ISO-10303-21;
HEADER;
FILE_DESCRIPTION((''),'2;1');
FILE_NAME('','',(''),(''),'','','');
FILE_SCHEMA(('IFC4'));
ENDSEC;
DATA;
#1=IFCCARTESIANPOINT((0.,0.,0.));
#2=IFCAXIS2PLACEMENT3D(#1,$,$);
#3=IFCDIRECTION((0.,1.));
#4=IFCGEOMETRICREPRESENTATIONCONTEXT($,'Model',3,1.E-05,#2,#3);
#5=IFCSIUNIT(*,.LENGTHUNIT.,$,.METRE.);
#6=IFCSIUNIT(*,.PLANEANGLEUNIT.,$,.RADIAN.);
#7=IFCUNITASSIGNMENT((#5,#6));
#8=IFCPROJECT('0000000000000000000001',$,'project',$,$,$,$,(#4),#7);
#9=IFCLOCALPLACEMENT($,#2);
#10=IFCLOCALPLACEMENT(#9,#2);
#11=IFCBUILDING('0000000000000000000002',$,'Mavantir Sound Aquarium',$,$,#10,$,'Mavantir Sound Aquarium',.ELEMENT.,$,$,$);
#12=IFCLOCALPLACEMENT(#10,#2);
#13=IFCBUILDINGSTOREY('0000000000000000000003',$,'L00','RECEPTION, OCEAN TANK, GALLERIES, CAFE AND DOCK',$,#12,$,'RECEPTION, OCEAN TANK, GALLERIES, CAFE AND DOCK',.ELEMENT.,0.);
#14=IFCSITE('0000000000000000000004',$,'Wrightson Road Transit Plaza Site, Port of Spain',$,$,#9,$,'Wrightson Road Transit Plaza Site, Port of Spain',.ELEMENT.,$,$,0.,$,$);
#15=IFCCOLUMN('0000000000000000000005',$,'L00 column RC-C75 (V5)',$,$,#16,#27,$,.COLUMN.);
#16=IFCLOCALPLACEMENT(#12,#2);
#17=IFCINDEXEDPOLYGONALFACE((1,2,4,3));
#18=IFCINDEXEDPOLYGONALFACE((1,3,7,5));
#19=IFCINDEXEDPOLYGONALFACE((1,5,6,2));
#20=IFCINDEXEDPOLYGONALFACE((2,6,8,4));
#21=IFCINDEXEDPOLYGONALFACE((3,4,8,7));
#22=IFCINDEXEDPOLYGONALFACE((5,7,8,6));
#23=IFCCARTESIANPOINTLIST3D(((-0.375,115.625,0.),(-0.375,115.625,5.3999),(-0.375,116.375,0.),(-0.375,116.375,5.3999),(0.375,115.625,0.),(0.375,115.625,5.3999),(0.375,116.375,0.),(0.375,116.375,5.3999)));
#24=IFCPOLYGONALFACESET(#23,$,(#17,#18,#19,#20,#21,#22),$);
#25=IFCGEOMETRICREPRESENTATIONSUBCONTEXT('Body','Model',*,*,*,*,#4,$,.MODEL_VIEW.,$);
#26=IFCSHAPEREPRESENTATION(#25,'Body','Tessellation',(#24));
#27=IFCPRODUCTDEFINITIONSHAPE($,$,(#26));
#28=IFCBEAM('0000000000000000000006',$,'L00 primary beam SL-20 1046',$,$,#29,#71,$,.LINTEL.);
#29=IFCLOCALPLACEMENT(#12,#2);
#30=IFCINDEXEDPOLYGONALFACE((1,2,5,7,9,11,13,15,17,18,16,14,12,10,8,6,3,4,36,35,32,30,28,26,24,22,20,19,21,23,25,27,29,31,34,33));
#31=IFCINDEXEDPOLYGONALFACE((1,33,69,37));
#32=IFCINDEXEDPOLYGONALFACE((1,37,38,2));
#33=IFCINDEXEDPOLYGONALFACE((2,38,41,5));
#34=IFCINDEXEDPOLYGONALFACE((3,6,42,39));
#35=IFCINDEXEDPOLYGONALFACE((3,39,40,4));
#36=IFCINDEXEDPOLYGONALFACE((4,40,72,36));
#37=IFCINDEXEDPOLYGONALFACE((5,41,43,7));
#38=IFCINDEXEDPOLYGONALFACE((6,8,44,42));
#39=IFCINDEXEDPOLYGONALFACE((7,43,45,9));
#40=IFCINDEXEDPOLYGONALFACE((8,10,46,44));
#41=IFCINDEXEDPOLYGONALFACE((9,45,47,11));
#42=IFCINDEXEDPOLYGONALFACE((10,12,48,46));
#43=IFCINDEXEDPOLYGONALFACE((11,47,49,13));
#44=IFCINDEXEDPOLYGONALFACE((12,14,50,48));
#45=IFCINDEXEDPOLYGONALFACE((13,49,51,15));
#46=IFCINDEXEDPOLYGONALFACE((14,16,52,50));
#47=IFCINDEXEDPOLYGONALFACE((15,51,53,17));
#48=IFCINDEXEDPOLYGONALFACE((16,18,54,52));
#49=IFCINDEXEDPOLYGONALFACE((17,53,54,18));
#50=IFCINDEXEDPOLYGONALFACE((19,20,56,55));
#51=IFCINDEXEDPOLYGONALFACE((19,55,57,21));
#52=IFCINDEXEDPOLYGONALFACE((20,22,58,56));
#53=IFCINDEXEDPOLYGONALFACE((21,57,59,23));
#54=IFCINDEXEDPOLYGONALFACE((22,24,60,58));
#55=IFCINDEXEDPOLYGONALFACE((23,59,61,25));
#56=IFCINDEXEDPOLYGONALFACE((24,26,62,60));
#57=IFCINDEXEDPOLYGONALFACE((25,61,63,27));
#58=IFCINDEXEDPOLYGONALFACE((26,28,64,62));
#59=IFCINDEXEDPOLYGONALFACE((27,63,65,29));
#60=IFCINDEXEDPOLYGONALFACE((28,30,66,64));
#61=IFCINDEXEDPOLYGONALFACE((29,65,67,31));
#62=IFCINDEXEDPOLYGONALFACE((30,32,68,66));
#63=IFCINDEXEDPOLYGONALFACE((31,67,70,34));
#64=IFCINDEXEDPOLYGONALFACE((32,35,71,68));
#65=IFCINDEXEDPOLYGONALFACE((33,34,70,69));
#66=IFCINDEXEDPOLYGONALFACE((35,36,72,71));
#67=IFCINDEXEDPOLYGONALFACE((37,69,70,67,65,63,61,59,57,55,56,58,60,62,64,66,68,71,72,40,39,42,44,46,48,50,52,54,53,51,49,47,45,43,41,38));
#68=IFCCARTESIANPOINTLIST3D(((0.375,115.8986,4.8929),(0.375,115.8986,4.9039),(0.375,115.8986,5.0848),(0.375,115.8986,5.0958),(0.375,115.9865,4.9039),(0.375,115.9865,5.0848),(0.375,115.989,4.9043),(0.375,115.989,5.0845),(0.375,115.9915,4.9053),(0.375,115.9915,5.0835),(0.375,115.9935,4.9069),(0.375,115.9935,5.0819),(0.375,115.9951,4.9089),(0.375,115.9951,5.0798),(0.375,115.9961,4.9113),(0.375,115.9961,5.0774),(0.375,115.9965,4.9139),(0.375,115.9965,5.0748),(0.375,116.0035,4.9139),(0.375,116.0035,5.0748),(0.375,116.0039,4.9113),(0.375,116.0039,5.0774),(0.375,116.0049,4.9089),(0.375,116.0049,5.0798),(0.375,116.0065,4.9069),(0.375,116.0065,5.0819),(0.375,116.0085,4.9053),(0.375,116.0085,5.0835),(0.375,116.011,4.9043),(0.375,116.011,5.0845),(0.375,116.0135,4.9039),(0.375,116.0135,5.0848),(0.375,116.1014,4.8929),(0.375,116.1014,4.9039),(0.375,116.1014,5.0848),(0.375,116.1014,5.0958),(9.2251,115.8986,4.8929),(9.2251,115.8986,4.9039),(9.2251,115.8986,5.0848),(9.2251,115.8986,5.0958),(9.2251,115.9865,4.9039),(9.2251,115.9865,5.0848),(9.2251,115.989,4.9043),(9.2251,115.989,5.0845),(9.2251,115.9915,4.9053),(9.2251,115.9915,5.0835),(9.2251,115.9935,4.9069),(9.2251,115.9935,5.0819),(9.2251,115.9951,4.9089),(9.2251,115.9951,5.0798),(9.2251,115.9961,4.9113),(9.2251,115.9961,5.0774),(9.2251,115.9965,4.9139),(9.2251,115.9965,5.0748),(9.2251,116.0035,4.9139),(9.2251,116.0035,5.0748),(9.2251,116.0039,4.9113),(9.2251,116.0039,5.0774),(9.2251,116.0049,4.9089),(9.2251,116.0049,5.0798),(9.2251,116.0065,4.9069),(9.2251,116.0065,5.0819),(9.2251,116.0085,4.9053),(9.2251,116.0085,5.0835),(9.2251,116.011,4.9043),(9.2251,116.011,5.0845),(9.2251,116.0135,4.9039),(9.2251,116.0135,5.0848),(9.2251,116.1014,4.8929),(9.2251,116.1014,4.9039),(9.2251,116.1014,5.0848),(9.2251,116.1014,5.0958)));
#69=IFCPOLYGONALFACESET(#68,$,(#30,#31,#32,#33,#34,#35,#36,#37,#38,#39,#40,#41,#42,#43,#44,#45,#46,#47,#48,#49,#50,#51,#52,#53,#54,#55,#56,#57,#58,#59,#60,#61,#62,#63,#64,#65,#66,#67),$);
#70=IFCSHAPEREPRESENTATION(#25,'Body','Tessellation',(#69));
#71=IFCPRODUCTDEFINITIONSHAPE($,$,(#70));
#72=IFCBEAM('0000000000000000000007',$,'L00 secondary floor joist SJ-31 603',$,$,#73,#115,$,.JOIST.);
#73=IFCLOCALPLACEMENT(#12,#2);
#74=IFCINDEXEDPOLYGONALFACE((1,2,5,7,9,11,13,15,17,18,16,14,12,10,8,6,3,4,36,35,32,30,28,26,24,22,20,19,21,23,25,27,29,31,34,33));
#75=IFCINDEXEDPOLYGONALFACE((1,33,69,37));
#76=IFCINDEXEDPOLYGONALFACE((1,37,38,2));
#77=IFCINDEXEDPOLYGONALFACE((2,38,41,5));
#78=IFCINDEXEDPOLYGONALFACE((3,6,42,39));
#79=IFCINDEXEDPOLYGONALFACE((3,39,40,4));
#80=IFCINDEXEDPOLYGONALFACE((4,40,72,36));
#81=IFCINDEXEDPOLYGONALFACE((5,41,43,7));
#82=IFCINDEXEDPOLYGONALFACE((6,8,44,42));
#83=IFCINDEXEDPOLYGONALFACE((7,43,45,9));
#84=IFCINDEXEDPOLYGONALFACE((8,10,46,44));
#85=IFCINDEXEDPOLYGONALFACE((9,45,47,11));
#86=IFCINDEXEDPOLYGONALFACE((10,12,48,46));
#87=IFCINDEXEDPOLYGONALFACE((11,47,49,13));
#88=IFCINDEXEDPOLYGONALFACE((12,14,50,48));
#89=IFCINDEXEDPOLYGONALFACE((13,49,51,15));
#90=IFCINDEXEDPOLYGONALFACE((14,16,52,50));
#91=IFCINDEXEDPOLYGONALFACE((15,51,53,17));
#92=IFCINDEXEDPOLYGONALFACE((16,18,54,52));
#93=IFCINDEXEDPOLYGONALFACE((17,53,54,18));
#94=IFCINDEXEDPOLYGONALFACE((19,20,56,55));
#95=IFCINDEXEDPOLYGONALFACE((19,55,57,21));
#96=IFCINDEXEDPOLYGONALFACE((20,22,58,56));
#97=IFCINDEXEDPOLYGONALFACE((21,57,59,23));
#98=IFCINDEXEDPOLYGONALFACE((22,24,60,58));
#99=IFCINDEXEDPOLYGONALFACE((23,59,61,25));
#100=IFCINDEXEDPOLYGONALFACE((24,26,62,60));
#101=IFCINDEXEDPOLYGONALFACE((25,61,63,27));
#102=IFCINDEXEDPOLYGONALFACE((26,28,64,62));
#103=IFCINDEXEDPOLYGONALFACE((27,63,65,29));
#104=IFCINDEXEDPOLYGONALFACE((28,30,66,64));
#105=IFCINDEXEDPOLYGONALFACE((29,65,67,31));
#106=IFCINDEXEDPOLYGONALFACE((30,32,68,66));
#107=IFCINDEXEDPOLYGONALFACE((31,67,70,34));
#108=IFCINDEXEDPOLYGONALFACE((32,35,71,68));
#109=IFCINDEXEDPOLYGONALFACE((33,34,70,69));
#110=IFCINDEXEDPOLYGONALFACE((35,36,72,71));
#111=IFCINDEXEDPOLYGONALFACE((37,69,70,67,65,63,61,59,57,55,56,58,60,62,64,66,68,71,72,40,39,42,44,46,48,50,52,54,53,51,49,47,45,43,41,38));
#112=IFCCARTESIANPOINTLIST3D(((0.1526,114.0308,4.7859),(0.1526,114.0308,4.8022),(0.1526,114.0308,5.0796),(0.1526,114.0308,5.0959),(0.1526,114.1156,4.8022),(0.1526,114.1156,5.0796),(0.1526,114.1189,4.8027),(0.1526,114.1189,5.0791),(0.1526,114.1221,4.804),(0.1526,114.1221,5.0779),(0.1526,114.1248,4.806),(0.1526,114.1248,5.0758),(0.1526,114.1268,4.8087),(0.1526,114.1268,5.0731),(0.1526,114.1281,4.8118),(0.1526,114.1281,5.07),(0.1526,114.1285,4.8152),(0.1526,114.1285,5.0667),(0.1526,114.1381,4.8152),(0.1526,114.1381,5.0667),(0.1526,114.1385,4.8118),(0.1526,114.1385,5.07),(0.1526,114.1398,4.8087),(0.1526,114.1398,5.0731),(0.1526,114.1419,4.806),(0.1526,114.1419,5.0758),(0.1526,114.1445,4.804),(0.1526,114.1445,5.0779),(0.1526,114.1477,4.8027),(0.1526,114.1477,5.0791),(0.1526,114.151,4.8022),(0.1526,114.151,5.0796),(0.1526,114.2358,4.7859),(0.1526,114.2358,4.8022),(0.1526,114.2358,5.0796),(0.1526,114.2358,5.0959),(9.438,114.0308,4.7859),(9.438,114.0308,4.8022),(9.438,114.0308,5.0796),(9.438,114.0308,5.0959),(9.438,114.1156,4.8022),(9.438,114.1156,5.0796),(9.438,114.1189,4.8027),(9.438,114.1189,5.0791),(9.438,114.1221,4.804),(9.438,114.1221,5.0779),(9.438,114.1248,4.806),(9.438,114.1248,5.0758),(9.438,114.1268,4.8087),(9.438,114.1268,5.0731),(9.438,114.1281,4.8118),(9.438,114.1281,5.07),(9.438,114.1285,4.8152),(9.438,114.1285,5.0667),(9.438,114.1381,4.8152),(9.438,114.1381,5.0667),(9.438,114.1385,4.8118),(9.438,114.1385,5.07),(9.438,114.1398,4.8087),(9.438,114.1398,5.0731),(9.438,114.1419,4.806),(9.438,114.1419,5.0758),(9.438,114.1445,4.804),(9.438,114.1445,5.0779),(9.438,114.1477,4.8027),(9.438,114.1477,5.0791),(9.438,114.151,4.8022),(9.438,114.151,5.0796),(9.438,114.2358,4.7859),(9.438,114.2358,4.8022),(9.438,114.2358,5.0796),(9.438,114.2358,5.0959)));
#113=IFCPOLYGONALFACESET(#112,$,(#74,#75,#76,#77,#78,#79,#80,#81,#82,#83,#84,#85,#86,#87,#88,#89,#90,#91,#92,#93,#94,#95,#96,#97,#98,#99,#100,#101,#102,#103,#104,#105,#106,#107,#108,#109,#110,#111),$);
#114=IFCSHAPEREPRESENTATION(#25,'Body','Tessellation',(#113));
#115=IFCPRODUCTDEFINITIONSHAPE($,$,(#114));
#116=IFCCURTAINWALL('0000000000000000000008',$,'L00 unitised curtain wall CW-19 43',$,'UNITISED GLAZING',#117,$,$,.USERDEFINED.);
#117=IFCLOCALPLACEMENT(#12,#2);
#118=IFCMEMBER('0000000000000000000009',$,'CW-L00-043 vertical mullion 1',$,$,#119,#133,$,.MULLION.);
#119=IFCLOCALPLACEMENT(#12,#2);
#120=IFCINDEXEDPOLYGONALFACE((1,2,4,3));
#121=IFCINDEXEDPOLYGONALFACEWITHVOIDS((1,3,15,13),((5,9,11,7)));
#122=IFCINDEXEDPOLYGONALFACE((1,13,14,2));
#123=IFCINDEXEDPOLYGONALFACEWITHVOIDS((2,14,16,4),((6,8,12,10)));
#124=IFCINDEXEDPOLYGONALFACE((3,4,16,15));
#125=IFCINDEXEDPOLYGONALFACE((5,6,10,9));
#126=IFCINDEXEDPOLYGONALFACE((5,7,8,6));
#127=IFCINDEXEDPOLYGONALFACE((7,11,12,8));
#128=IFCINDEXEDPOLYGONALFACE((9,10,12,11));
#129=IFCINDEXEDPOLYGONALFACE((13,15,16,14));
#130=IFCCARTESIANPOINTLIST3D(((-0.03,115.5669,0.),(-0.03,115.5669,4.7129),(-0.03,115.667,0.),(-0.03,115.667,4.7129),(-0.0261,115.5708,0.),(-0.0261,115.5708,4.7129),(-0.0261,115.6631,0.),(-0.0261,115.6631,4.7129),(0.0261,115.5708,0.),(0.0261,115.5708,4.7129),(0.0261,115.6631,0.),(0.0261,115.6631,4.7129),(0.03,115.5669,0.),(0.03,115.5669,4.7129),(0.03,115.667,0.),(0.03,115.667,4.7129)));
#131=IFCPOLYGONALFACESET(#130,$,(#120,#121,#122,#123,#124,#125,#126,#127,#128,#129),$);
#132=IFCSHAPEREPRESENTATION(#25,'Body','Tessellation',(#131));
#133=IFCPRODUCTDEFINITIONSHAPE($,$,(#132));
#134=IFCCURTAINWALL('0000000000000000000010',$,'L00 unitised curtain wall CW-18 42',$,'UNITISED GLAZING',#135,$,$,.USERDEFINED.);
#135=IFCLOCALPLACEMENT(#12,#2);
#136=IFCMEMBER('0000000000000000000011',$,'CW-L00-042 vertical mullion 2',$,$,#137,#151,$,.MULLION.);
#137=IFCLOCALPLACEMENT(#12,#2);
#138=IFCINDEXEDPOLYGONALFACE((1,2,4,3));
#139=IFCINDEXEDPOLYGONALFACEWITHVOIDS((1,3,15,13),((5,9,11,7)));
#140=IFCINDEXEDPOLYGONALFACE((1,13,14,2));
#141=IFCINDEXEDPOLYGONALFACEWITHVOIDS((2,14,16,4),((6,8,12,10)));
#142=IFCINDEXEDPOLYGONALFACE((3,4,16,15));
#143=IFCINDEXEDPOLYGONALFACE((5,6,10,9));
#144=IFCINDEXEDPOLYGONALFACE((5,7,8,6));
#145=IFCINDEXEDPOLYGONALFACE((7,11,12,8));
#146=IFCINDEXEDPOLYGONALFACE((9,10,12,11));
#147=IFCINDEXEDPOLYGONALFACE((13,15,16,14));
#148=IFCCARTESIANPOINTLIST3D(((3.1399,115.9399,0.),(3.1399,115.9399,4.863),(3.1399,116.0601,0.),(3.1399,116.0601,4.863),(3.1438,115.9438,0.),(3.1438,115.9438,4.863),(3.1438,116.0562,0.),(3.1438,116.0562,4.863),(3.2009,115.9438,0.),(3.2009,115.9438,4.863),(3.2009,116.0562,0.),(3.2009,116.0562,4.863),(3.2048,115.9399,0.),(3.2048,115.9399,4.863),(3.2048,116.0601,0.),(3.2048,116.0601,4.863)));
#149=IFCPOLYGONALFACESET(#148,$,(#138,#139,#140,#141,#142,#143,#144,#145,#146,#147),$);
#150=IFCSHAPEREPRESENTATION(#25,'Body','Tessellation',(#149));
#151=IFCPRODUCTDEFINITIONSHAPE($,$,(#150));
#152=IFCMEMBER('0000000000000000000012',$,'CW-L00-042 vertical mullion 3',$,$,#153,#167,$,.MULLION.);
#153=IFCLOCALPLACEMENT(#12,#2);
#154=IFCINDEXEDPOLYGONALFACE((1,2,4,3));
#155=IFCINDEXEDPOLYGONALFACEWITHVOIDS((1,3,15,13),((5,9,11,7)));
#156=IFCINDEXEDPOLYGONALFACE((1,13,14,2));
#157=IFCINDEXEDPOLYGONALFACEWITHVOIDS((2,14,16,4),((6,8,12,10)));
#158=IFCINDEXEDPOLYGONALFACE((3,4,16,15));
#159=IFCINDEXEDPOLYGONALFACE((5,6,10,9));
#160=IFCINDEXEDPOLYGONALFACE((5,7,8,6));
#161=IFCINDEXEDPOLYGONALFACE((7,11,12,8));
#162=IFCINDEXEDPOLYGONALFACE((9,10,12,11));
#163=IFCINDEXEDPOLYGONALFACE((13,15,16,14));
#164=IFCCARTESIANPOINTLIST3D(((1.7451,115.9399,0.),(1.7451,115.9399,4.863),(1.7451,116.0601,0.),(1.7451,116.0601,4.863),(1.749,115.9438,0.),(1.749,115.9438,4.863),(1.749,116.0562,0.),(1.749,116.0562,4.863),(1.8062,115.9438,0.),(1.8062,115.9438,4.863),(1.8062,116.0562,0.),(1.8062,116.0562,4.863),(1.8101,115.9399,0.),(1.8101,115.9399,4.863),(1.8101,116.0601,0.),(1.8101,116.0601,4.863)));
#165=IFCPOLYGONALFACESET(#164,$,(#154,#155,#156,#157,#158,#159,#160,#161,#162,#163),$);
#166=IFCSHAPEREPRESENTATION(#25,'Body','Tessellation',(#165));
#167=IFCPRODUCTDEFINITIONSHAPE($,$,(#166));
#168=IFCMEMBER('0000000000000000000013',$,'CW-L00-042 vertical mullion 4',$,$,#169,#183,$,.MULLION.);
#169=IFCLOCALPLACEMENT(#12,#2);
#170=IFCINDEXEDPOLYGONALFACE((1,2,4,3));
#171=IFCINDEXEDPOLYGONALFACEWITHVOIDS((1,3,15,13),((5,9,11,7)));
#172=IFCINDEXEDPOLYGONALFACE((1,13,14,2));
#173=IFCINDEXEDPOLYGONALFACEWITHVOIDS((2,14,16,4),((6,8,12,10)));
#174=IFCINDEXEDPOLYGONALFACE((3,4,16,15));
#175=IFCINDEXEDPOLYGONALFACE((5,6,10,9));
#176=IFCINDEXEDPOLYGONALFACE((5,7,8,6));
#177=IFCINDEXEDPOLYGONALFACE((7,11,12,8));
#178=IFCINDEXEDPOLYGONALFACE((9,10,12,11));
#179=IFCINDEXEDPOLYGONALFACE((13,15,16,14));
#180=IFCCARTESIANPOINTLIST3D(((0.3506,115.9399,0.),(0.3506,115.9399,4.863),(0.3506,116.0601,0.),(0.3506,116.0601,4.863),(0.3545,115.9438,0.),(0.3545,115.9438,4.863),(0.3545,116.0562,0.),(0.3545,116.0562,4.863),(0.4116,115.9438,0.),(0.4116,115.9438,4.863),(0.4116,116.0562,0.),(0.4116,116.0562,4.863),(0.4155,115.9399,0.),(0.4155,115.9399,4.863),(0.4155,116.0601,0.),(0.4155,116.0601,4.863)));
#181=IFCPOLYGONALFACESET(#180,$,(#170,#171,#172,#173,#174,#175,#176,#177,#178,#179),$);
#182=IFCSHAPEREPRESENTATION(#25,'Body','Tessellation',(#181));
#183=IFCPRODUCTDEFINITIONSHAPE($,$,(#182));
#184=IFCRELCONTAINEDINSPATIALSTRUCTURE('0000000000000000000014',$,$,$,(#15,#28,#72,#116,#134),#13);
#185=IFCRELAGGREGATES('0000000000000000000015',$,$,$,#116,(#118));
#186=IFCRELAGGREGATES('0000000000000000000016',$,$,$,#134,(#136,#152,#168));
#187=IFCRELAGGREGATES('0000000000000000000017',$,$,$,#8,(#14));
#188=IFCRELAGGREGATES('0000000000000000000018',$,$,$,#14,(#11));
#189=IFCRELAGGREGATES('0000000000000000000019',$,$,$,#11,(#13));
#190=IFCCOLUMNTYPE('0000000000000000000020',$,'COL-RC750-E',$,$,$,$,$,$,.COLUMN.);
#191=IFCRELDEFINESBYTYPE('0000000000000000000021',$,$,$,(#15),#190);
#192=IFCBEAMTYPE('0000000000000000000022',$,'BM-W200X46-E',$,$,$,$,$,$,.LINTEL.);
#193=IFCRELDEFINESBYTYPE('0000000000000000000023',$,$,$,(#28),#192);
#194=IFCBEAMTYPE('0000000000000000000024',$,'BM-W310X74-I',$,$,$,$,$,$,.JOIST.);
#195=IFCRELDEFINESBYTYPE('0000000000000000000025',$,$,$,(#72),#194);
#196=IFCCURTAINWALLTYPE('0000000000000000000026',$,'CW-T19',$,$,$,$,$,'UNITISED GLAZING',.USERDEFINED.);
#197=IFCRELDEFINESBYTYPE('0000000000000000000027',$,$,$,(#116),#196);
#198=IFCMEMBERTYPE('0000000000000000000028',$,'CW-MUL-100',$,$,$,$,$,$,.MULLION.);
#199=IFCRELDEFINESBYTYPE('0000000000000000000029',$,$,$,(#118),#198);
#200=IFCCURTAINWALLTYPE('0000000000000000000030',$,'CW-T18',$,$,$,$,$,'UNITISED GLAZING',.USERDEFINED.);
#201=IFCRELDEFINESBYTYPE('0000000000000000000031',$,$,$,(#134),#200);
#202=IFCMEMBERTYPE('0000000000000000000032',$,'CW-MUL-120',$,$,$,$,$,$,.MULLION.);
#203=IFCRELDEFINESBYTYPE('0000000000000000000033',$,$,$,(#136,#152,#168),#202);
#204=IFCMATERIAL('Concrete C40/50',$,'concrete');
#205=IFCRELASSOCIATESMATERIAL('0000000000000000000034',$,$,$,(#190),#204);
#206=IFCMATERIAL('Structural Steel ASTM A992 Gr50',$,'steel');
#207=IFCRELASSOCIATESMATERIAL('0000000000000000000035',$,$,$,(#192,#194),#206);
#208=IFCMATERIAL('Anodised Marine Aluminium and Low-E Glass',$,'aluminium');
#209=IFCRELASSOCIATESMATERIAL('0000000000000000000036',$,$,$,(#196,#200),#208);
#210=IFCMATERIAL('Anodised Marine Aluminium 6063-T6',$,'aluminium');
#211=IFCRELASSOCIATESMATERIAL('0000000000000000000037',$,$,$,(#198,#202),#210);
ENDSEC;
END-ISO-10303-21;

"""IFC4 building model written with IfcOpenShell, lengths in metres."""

from ifc_helpers import new_model, si_unit, direction, frame, origin, origin_2d, place, context, subcontext, project, spatial, rectangle, hollow_rectangle, i_section, extrude, material, material_profile, profile_set, type_object, element, aggregate, save


model = new_model("IFC4")

# Units and contexts
model_context = context("Model", 3, precision=1e-05, world=origin(), true_north=direction((0.0, 1.0)))
body_context = subcontext(model_context, "Body", "Model", "MODEL_VIEW")
ifc_project = project(units=[si_unit("LENGTHUNIT", "METRE"), si_unit("PLANEANGLEUNIT", "RADIAN")], contexts=[model_context])

# Site, building, storey
site_placement = place(None, origin())
site = spatial("IfcSite", under=ifc_project, at=site_placement, Name="Wrightson Road Transit Plaza Site, Port of Spain", LongName="Wrightson Road Transit Plaza Site, Port of Spain", CompositionType="ELEMENT", RefElevation=0.0)
building_placement = place(site_placement, origin())
building = spatial("IfcBuilding", under=site, at=building_placement, Name="Mavantir Sound Aquarium", LongName="Mavantir Sound Aquarium", CompositionType="ELEMENT")
storey_placement = place(building_placement, origin())
storey = spatial("IfcBuildingStorey", under=building, at=storey_placement, Name="L00", Description="RECEPTION, OCEAN TANK, GALLERIES, CAFE AND DOCK", LongName="RECEPTION, OCEAN TANK, GALLERIES, CAFE AND DOCK", CompositionType="ELEMENT", Elevation=0.0)

# Column
ifc_material_1 = material(Name="Concrete C40/50", Category="concrete")
ifc_material_profile_1 = material_profile(ifc_material_1, rectangle(XDim=0.75, YDim=0.75, at=origin_2d()), Name="RC 750X750")
ifc_profile_set_1 = profile_set([ifc_material_profile_1], Name="Concrete C40/50")
column_type = type_object("IfcColumnType", Name="COL-RC750-E", PredefinedType="COLUMN", material=ifc_profile_set_1)
column_placement = place(storey_placement, frame((0.0, 116.0, 0.0), z_axis=(0.0, 0.0, 1.0), x_axis=(1.0, 0.0, 0.0)))
element("IfcColumn", 1, at=column_placement, inside=storey, type_object=column_type, Name="L00 column RC-C75 (V5)", PredefinedType="COLUMN", context=body_context, shape_type="SweptSolid", body=[
    extrude(rectangle(XDim=0.75, YDim=0.75, at=origin_2d()), origin(), (0.0, 0.0, 1.0), 5.3999),
])

# Beams
ifc_material_2 = material(Name="Structural Steel ASTM A992 Gr50", Category="steel")
ifc_material_profile_2 = material_profile(ifc_material_2, i_section(OverallWidth=0.2029, OverallDepth=0.2029, WebThickness=0.0071, FlangeThickness=0.011, FilletRadius=0.01, at=origin_2d()), Name="W200X46")
ifc_profile_set_2 = profile_set([ifc_material_profile_2], Name="Structural Steel ASTM A992 Gr50")
beam_type_1 = type_object("IfcBeamType", Name="BM-W200X46-E", PredefinedType="LINTEL", material=ifc_profile_set_2)
beam_1_placement = place(storey_placement, frame((0.375, 116.0, 4.9944), z_axis=(1.0, 0.0, 0.0), x_axis=(0.0, 1.0, 0.0)))
element("IfcBeam", 2, at=beam_1_placement, inside=storey, type_object=beam_type_1, Name="L00 primary beam SL-20 1046", PredefinedType="LINTEL", context=body_context, shape_type="SweptSolid", body=[
    extrude(i_section(OverallWidth=0.2029, OverallDepth=0.2029, WebThickness=0.0071, FlangeThickness=0.011, FilletRadius=0.01, at=origin_2d()), origin(), (0.0, 0.0, 1.0), 8.8501),
])
ifc_material_profile_3 = material_profile(ifc_material_2, i_section(OverallWidth=0.2051, OverallDepth=0.3101, WebThickness=0.0095, FlangeThickness=0.0164, FilletRadius=0.0129, at=origin_2d()), Name="W310X74")
ifc_profile_set_3 = profile_set([ifc_material_profile_3], Name="Structural Steel ASTM A992 Gr50")
beam_type_2 = type_object("IfcBeamType", Name="BM-W310X74-I", PredefinedType="JOIST", material=ifc_profile_set_3)
beam_2_placement = place(storey_placement, frame((0.1526, 114.1333, 4.9409), z_axis=(1.0, 0.0, 0.0), x_axis=(0.0, 1.0, 0.0)))
element("IfcBeam", 3, at=beam_2_placement, inside=storey, type_object=beam_type_2, Name="L00 secondary floor joist SJ-31 603", PredefinedType="JOIST", context=body_context, shape_type="SweptSolid", body=[
    extrude(i_section(OverallWidth=0.2051, OverallDepth=0.3101, WebThickness=0.0095, FlangeThickness=0.0164, FilletRadius=0.0129, at=origin_2d()), origin(), (0.0, 0.0, 1.0), 9.2854),
])

# Curtain wall, member
ifc_material_3 = material(Name="Anodised Marine Aluminium and Low-E Glass", Category="aluminium")
curtain_wall_type_1 = type_object("IfcCurtainWallType", Name="CW-T19", ElementType="UNITISED GLAZING", PredefinedType="USERDEFINED", material=ifc_material_3)
curtain_wall_1_placement = place(storey_placement, origin())
curtain_wall_1 = element("IfcCurtainWall", 4, at=curtain_wall_1_placement, inside=storey, type_object=curtain_wall_type_1, Name="L00 unitised curtain wall CW-19 43", ObjectType="UNITISED GLAZING", PredefinedType="USERDEFINED")
ifc_material_4 = material(Name="Anodised Marine Aluminium 6063-T6", Category="aluminium")
ifc_material_profile_4 = material_profile(ifc_material_4, hollow_rectangle(XDim=0.0601, YDim=0.1001, WallThickness=0.0039, at=origin_2d()), Name="ALU-MULLION-100X60")
ifc_profile_set_4 = profile_set([ifc_material_profile_4], Name="Anodised Marine Aluminium 6063-T6")
member_type_1 = type_object("IfcMemberType", Name="CW-MUL-100", PredefinedType="MULLION", material=ifc_profile_set_4)
member_1_placement = place(storey_placement, frame((0.0, 115.6169, 0.0), z_axis=(0.0, 0.0, 1.0), x_axis=(1.0, 0.0, 0.0)))
member_1 = element("IfcMember", 5, at=member_1_placement, type_object=member_type_1, Name="CW-L00-043 vertical mullion 1", PredefinedType="MULLION", context=body_context, shape_type="SweptSolid", body=[
    extrude(hollow_rectangle(XDim=0.0601, YDim=0.1001, WallThickness=0.0039, at=origin_2d()), origin(), (0.0, 0.0, 1.0), 4.7129),
])

# Curtain wall, members
curtain_wall_type_2 = type_object("IfcCurtainWallType", Name="CW-T18", ElementType="UNITISED GLAZING", PredefinedType="USERDEFINED", material=ifc_material_3)
curtain_wall_2_placement = place(storey_placement, origin())
curtain_wall_2 = element("IfcCurtainWall", 6, at=curtain_wall_2_placement, inside=storey, type_object=curtain_wall_type_2, Name="L00 unitised curtain wall CW-18 42", ObjectType="UNITISED GLAZING", PredefinedType="USERDEFINED")
ifc_material_profile_5 = material_profile(ifc_material_4, hollow_rectangle(XDim=0.0649, YDim=0.1201, WallThickness=0.0039, at=origin_2d()), Name="ALU-MULLION-120X65")
ifc_profile_set_5 = profile_set([ifc_material_profile_5], Name="Anodised Marine Aluminium 6063-T6")
member_type_2 = type_object("IfcMemberType", Name="CW-MUL-120", PredefinedType="MULLION", material=ifc_profile_set_5)
member_2_placement = place(storey_placement, frame((3.1724, 116.0, 0.0), z_axis=(0.0, 0.0, 1.0), x_axis=(1.0, 0.0, 0.0)))
member_2 = element("IfcMember", 7, at=member_2_placement, type_object=member_type_2, Name="CW-L00-042 vertical mullion 2", PredefinedType="MULLION", context=body_context, shape_type="SweptSolid", body=[
    extrude(hollow_rectangle(XDim=0.0649, YDim=0.1201, WallThickness=0.0039, at=origin_2d()), origin(), (0.0, 0.0, 1.0), 4.863),
])
member_3_placement = place(storey_placement, frame((1.7776, 116.0, 0.0), z_axis=(0.0, 0.0, 1.0), x_axis=(1.0, 0.0, 0.0)))
member_3 = element("IfcMember", 8, at=member_3_placement, type_object=member_type_2, Name="CW-L00-042 vertical mullion 3", PredefinedType="MULLION", context=body_context, shape_type="SweptSolid", body=[
    extrude(hollow_rectangle(XDim=0.0649, YDim=0.1201, WallThickness=0.0039, at=origin_2d()), origin(), (0.0, 0.0, 1.0), 4.863),
])
member_4_placement = place(storey_placement, frame((0.3831, 116.0, 0.0), z_axis=(0.0, 0.0, 1.0), x_axis=(1.0, 0.0, 0.0)))
member_4 = element("IfcMember", 9, at=member_4_placement, type_object=member_type_2, Name="CW-L00-042 vertical mullion 4", PredefinedType="MULLION", context=body_context, shape_type="SweptSolid", body=[
    extrude(hollow_rectangle(XDim=0.0649, YDim=0.1201, WallThickness=0.0039, at=origin_2d()), origin(), (0.0, 0.0, 1.0), 4.863),
])

aggregate(curtain_wall_1, [member_1])
aggregate(curtain_wall_2, [member_2, member_3, member_4])

save(model, "model.ifc")
